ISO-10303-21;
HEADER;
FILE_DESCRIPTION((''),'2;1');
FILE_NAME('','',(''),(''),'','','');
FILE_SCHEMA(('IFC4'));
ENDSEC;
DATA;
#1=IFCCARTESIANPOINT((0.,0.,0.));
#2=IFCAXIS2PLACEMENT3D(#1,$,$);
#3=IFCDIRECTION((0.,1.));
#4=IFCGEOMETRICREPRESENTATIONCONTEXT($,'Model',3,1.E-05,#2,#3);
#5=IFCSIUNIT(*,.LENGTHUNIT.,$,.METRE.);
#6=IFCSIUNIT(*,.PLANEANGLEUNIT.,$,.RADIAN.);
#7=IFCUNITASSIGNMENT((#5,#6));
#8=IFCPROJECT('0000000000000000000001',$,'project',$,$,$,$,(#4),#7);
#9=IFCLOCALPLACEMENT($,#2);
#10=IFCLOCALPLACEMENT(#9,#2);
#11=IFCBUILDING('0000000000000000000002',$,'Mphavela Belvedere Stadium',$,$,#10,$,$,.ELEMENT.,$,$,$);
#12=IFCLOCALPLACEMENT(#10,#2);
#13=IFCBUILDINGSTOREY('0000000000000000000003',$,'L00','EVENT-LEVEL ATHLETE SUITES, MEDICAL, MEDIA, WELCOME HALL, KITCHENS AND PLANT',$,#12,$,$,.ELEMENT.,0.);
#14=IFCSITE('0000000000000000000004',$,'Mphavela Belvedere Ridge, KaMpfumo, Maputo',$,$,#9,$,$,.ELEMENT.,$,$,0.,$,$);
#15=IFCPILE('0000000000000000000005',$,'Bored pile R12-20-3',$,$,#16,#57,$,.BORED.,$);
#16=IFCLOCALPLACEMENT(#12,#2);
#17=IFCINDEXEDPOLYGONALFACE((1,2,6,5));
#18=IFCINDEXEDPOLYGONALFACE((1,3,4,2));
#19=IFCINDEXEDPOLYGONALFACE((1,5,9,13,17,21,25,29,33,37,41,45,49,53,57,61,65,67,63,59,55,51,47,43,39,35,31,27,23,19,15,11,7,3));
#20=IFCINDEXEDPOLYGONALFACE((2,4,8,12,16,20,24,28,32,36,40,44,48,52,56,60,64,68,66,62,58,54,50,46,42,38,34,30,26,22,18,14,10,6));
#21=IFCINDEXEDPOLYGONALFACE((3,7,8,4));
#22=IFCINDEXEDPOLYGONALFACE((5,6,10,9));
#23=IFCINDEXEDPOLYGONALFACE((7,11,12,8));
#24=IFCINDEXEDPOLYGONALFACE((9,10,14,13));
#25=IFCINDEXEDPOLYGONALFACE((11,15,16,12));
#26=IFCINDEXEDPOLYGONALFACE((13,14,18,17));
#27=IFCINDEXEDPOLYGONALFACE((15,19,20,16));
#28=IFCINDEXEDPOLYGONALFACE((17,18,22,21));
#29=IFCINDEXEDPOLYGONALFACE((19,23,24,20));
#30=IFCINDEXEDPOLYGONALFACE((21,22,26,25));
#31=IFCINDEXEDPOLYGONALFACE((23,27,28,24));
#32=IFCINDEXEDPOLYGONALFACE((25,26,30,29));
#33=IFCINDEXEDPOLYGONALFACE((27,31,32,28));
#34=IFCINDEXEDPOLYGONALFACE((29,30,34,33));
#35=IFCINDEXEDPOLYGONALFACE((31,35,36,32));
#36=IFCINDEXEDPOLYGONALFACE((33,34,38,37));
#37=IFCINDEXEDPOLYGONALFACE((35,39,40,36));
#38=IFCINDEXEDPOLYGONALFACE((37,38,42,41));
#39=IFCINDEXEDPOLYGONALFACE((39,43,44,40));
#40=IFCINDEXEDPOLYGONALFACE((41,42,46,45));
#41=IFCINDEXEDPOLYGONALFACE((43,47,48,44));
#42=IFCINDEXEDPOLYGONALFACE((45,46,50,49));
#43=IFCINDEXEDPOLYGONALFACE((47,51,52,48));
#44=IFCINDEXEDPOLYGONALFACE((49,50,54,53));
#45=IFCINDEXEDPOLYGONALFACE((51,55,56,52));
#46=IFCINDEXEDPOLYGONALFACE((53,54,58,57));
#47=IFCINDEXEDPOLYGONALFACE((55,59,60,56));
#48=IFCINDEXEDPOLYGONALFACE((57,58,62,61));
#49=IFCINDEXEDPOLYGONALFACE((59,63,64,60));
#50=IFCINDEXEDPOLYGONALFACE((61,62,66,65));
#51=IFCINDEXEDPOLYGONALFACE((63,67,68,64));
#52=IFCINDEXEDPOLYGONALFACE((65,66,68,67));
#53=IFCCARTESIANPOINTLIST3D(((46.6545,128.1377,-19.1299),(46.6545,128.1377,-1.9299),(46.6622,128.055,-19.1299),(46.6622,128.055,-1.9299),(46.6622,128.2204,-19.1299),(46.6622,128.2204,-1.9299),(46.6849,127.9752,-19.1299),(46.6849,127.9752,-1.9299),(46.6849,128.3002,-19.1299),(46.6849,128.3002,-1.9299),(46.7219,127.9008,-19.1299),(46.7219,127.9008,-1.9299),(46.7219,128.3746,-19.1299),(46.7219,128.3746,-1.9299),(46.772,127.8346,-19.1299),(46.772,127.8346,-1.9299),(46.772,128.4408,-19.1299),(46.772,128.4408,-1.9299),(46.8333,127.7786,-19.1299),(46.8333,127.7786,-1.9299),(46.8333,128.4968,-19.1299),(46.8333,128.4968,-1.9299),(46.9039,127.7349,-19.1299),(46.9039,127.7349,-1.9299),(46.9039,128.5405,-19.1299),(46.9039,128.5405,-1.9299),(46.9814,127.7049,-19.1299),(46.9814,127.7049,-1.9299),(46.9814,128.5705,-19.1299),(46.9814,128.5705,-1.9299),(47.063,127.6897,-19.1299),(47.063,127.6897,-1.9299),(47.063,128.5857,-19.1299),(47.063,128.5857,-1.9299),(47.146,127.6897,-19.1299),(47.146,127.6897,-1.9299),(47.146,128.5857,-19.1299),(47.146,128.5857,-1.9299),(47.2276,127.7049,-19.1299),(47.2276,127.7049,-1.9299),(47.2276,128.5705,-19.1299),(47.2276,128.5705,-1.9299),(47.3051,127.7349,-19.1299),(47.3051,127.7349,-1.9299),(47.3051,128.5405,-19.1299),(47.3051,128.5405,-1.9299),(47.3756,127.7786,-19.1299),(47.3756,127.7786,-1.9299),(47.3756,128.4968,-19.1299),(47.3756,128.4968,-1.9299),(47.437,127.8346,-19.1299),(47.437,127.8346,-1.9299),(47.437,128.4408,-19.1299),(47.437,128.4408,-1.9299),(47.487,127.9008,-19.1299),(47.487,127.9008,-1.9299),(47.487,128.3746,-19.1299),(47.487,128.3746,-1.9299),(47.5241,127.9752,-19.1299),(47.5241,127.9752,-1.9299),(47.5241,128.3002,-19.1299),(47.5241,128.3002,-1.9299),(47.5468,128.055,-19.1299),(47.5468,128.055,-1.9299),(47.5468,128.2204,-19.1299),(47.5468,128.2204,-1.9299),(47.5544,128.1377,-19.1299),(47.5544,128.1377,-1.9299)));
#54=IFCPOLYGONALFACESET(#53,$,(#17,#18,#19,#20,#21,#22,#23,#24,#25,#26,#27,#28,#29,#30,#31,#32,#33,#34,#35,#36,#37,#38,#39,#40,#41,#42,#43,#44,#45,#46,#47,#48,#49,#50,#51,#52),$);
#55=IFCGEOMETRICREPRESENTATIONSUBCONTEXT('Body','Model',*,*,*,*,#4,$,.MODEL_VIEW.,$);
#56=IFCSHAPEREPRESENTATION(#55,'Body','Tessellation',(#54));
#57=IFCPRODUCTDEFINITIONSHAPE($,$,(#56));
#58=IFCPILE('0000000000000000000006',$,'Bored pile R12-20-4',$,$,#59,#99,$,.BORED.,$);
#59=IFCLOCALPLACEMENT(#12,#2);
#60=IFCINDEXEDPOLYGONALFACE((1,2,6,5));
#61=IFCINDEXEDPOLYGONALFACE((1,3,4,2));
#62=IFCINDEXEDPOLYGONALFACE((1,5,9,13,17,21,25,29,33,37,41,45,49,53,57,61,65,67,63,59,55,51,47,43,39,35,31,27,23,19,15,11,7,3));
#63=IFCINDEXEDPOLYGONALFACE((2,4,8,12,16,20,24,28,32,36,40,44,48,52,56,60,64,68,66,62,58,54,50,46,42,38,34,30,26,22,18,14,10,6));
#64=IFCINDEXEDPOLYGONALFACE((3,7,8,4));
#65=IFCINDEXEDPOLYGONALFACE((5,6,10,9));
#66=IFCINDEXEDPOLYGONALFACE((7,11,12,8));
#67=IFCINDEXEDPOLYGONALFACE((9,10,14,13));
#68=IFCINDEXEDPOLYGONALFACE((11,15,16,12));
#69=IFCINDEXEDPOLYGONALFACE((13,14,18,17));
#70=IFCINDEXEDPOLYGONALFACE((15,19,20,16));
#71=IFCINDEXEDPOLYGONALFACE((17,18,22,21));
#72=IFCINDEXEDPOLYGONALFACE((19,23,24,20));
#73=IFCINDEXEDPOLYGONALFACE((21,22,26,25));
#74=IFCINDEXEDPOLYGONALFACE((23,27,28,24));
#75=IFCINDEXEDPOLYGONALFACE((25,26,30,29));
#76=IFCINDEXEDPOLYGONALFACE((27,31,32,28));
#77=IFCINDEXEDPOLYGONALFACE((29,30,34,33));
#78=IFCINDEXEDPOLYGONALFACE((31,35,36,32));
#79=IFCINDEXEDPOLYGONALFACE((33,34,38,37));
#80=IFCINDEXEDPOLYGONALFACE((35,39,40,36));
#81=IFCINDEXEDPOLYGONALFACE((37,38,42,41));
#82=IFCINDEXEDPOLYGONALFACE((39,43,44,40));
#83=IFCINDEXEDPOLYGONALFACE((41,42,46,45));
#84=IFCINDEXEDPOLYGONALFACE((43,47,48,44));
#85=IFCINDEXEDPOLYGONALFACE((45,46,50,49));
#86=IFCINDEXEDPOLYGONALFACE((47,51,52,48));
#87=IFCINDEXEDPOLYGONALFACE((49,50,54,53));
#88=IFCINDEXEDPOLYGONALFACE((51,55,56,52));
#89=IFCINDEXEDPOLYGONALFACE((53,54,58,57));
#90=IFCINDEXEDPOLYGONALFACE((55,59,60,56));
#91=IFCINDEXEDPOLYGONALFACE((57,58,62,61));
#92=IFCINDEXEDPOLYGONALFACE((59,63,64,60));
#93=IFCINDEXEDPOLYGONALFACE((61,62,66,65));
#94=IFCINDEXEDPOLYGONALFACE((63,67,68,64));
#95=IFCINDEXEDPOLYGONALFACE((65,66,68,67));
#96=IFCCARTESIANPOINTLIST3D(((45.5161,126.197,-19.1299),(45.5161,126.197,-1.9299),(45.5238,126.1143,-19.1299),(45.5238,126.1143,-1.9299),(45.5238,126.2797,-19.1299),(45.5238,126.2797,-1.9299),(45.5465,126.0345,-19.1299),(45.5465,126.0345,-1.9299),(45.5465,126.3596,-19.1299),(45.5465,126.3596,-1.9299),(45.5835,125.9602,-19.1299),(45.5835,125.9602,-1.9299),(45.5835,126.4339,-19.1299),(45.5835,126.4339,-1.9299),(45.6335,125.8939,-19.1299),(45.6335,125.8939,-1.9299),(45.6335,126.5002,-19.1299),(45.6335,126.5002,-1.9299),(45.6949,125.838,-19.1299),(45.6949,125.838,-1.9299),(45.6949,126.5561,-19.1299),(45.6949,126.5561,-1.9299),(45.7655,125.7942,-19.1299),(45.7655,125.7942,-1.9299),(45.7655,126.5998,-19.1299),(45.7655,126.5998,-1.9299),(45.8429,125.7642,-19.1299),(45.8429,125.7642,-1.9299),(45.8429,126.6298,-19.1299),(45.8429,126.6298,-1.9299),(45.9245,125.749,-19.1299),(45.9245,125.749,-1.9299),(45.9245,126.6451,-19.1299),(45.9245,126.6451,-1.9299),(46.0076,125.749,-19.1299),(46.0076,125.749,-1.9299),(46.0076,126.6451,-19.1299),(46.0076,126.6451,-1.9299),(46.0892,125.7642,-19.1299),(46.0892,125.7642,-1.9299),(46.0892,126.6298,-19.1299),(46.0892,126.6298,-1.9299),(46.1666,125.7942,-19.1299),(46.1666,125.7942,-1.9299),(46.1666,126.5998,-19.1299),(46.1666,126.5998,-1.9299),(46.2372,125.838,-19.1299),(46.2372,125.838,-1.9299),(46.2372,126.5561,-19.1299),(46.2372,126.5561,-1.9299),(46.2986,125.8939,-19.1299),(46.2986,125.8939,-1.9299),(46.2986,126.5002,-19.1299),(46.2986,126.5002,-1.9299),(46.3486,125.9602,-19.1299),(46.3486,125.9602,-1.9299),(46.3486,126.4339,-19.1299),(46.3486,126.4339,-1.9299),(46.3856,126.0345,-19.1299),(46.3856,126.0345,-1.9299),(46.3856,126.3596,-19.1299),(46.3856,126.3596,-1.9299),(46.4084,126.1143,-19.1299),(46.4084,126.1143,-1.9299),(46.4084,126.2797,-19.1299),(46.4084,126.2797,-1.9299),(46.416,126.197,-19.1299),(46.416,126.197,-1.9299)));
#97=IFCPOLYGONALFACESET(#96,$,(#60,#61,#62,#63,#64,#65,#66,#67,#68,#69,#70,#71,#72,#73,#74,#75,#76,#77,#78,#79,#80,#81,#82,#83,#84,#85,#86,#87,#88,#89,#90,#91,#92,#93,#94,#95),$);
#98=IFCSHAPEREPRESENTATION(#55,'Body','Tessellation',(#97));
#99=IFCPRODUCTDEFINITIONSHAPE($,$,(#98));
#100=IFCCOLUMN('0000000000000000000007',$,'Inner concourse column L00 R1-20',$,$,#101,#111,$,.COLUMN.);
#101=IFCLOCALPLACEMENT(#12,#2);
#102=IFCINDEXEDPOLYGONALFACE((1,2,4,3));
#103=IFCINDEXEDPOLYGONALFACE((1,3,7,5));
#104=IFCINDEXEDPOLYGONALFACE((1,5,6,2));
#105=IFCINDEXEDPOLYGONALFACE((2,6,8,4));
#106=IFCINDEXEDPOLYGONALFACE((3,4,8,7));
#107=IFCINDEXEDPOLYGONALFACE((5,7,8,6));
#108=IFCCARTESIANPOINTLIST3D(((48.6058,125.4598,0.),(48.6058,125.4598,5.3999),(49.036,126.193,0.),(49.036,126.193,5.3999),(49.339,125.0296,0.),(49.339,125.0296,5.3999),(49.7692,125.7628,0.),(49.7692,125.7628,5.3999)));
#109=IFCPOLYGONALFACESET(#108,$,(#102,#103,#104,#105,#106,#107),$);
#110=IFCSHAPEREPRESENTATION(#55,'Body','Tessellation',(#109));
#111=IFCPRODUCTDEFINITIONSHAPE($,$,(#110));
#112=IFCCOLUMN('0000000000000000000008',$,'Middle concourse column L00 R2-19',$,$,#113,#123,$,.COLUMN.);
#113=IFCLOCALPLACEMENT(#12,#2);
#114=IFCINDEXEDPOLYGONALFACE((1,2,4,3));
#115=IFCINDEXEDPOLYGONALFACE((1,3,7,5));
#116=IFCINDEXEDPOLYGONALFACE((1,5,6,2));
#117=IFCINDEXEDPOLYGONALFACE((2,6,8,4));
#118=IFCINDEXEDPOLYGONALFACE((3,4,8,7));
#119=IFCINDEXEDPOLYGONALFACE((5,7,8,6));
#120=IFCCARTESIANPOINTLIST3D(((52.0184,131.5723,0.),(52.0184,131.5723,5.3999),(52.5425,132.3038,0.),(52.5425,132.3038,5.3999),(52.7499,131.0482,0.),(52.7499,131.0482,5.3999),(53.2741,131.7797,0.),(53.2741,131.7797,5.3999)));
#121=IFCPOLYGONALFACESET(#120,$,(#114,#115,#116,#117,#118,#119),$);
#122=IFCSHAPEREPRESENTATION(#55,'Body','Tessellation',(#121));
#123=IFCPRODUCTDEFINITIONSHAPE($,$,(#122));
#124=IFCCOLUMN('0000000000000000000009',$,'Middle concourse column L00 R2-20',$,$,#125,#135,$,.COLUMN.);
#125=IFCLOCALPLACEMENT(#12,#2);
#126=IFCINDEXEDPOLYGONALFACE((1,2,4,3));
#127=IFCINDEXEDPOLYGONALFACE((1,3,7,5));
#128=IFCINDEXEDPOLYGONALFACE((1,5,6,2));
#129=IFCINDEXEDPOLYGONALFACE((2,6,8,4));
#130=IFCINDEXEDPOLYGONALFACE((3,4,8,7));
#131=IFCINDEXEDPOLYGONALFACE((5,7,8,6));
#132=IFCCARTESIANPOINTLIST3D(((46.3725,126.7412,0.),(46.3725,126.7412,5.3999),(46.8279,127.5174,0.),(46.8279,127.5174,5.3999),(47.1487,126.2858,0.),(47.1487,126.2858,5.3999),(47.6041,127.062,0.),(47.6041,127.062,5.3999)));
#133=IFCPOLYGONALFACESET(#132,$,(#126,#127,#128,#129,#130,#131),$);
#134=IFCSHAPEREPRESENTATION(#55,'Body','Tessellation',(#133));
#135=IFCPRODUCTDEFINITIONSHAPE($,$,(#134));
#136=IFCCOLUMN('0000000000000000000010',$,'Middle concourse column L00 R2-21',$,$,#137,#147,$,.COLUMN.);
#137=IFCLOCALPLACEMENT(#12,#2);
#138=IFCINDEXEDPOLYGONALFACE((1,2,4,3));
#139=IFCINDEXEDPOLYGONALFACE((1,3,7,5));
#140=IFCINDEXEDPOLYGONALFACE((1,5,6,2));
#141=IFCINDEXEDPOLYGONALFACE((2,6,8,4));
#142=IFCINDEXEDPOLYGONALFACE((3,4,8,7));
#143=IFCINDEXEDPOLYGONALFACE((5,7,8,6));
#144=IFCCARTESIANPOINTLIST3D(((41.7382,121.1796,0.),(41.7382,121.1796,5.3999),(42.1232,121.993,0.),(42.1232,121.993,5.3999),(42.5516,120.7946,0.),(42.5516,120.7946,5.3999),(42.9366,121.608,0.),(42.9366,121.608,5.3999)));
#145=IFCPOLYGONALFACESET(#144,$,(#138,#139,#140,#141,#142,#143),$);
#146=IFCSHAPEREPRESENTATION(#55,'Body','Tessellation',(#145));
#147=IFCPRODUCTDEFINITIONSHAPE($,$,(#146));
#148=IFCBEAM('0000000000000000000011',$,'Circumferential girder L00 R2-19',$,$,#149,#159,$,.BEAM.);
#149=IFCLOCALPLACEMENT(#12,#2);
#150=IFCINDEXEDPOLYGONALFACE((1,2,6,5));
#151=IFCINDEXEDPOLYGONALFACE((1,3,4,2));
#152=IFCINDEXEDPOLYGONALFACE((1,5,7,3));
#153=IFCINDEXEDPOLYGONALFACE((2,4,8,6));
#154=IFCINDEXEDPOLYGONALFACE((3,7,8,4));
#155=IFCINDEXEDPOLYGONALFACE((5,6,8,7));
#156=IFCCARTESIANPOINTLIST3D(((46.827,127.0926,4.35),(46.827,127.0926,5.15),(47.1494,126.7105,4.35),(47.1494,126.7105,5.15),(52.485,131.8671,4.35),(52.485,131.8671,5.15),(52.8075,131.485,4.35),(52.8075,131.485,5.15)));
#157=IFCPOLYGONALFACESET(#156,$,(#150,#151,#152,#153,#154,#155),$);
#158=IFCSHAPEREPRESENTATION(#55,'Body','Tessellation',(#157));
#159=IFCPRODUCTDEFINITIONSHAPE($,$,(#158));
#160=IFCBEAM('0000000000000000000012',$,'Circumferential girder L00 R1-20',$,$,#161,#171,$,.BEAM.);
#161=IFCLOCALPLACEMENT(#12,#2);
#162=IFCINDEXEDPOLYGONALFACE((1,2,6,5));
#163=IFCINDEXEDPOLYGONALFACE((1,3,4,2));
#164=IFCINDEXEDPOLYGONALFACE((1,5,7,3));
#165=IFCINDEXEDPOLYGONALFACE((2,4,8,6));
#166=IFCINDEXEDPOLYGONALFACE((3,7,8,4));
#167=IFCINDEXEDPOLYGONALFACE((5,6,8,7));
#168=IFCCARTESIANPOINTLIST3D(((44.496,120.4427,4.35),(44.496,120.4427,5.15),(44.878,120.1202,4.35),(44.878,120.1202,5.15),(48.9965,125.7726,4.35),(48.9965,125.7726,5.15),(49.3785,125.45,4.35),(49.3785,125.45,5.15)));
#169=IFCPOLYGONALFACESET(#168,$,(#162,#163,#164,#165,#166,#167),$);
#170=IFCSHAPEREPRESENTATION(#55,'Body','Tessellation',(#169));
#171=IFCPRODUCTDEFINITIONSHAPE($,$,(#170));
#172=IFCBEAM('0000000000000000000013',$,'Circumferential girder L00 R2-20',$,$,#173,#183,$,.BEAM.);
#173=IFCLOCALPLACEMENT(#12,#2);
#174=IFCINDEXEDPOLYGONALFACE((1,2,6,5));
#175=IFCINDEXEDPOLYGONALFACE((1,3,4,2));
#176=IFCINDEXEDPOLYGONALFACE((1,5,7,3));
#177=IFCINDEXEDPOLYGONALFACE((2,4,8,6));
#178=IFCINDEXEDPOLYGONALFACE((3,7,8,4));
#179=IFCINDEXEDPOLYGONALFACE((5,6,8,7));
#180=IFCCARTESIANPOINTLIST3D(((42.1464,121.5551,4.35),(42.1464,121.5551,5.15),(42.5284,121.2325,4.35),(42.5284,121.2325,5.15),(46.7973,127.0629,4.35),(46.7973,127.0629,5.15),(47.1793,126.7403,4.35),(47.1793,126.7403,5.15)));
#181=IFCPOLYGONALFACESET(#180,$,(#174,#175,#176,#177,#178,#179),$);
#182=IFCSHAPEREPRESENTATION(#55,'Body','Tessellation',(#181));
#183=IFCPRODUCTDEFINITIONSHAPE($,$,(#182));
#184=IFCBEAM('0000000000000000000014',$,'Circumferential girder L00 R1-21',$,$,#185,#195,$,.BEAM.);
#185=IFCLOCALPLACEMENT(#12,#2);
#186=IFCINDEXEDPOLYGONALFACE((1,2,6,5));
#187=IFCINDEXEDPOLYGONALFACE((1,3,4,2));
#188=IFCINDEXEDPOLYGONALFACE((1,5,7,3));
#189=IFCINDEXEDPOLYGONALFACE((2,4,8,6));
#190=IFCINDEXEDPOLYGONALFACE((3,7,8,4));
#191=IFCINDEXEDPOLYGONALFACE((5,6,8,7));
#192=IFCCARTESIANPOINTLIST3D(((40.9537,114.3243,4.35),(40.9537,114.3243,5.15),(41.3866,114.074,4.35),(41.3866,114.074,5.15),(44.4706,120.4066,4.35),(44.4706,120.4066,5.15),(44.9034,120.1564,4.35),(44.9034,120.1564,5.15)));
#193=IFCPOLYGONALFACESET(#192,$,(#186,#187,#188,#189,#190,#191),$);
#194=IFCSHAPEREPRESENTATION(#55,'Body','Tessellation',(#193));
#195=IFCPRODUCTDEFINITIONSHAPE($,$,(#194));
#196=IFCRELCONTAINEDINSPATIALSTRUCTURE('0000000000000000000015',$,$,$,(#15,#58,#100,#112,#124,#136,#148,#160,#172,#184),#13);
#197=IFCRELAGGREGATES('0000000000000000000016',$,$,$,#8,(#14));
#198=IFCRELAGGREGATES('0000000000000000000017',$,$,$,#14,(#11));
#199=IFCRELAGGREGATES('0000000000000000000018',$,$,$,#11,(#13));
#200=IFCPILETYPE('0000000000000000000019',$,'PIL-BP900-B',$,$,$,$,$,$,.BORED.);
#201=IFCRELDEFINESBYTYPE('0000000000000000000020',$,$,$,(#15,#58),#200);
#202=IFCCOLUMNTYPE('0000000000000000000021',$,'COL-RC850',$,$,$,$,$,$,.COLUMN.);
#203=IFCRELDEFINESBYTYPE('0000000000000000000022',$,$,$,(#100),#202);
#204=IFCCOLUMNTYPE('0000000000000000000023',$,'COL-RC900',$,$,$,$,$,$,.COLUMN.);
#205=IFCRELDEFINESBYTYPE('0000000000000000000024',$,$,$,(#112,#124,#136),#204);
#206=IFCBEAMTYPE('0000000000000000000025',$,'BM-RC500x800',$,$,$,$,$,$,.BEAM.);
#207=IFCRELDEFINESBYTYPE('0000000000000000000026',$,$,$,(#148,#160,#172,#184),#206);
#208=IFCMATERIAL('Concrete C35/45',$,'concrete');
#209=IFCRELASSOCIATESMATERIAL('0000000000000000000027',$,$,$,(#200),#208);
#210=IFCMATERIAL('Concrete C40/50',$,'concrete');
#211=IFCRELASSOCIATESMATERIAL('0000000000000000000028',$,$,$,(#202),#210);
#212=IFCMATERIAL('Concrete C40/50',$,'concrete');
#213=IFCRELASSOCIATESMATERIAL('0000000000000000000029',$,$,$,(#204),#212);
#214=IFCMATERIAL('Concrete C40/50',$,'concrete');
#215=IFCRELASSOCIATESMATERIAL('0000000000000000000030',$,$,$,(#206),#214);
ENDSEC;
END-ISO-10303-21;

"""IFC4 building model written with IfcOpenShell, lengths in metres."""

from ifc_helpers import new_model, si_unit, direction, frame, origin, origin_2d, place, context, subcontext, project, spatial, rectangle, circle, extrude, material, material_profile, profile_set, type_object, element, save


model = new_model("IFC4")

# Units and contexts
model_context = context("Model", 3, precision=1e-05, world=origin(), true_north=direction((0.0, 1.0)))
body_context = subcontext(model_context, "Body", "Model", "MODEL_VIEW")
ifc_project = project(units=[si_unit("LENGTHUNIT", "METRE"), si_unit("PLANEANGLEUNIT", "RADIAN")], contexts=[model_context])

# Site, building, storey
site_placement = place(None, origin())
site = spatial("IfcSite", under=ifc_project, at=site_placement, Name="Mphavela Belvedere Ridge, KaMpfumo, Maputo", CompositionType="ELEMENT", RefElevation=0.0)
building_placement = place(site_placement, origin())
building = spatial("IfcBuilding", under=site, at=building_placement, Name="Mphavela Belvedere Stadium", CompositionType="ELEMENT")
storey_placement = place(building_placement, origin())
storey = spatial("IfcBuildingStorey", under=building, at=storey_placement, Name="L00", Description="EVENT-LEVEL ATHLETE SUITES, MEDICAL, MEDIA, WELCOME HALL, KITCHENS AND PLANT", CompositionType="ELEMENT", Elevation=0.0)

# Piles
ifc_material_1 = material(Name="Concrete C35/45", Category="concrete")
ifc_material_profile_1 = material_profile(ifc_material_1, circle(Radius=0.45, at=origin_2d()), Name="BP D900")
ifc_profile_set_1 = profile_set([ifc_material_profile_1], Name="Concrete C35/45")
pile_type_1 = type_object("IfcPileType", Name="PIL-BP900-B", PredefinedType="BORED", material=ifc_profile_set_1)
for number, where, z_axis, x_axis, name in (
    (1, (47.1045, 128.1377, -1.9299), (0.0, 0.0, -1.0), (1.0, 0.0, 0.0), "Bored pile R12-20-3"),
    (2, (45.9661, 126.197, -1.9299), (0.0, 0.0, -1.0), (1.0, 0.0, 0.0), "Bored pile R12-20-4"),
):
    element("IfcPile", number, at=place(storey_placement, frame(where, z_axis=z_axis, x_axis=x_axis)), inside=storey, type_object=pile_type_1, Name=name, PredefinedType="BORED", context=body_context, shape_type="SweptSolid", body=[
        extrude(circle(Radius=0.45, at=origin_2d()), origin(), (0.0, 0.0, 1.0), 17.2),
    ])

# Columns
ifc_material_2 = material(Name="Concrete C40/50", Category="concrete")
ifc_material_profile_2 = material_profile(ifc_material_2, rectangle(XDim=0.8501, YDim=0.8501, at=origin_2d()), Name="RC 850x850")
ifc_profile_set_2 = profile_set([ifc_material_profile_2], Name="Concrete C40/50")
column_type_1 = type_object("IfcColumnType", Name="COL-RC850", PredefinedType="COLUMN", material=ifc_profile_set_2)
column_placement = place(storey_placement, frame((49.1875, 125.6113, 0.0), z_axis=(0.0, 0.0, 1.0), x_axis=(-0.862514, 0.506034, 0.0)))
element("IfcColumn", 3, at=column_placement, inside=storey, type_object=column_type_1, Name="Inner concourse column L00 R1-20", PredefinedType="COLUMN", context=body_context, shape_type="SweptSolid", body=[
    extrude(rectangle(XDim=0.8501, YDim=0.8501, at=origin_2d()), origin(), (0.0, 0.0, 1.0), 5.3999),
])
ifc_material_3 = material(Name="Concrete C40/50", Category="concrete")
ifc_material_profile_3 = material_profile(ifc_material_3, rectangle(XDim=0.8999, YDim=0.8999, at=origin_2d()), Name="RC 900x900")
ifc_profile_set_3 = profile_set([ifc_material_profile_3], Name="Concrete C40/50")
column_type_2 = type_object("IfcColumnType", Name="COL-RC900", PredefinedType="COLUMN", material=ifc_profile_set_3)
for number, where, z_axis, x_axis, name in (
    (4, (52.6462, 131.676, 0.0), (0.0, 0.0, 1.0), (-0.812898, 0.582407, 0.0), "Middle concourse column L00 R2-19"),
    (5, (46.9883, 126.9016, 0.0), (0.0, 0.0, 1.0), (-0.862514, 0.506034, 0.0), "Middle concourse column L00 R2-20"),
    (6, (42.3374, 121.3938, 0.0), (0.0, 0.0, 1.0), (-0.903859, 0.427831, 0.0), "Middle concourse column L00 R2-21"),
):
    element("IfcColumn", number, at=place(storey_placement, frame(where, z_axis=z_axis, x_axis=x_axis)), inside=storey, type_object=column_type_2, Name=name, PredefinedType="COLUMN", context=body_context, shape_type="SweptSolid", body=[
        extrude(rectangle(XDim=0.8999, YDim=0.8999, at=origin_2d()), origin(), (0.0, 0.0, 1.0), 5.3999),
    ])

# Beams
ifc_material_4 = material(Name="Concrete C40/50", Category="concrete")
ifc_material_profile_4 = material_profile(ifc_material_4, rectangle(XDim=0.5, YDim=0.8, at=origin_2d()), Name="RC 500x800")
ifc_profile_set_4 = profile_set([ifc_material_profile_4], Name="Concrete C40/50")
beam_type_1 = type_object("IfcBeamType", Name="BM-RC500x800", PredefinedType="BEAM", material=ifc_profile_set_4)
beam_1_placement = place(storey_placement, frame((52.6462, 131.676, 4.75), z_axis=(-0.764257, -0.644911, 0.0), x_axis=(0.644911, -0.764257, 0.0)))
element("IfcBeam", 7, at=beam_1_placement, inside=storey, type_object=beam_type_1, Name="Circumferential girder L00 R2-19", PredefinedType="BEAM", context=body_context, shape_type="SweptSolid", body=[
    extrude(rectangle(XDim=0.5, YDim=0.8, at=origin_2d()), origin(), (0.0, 0.0, 1.0), 7.4033),
])
beam_2_placement = place(storey_placement, frame((49.1875, 125.6113, 4.75), z_axis=(-0.645159, -0.764048, 0.0), x_axis=(0.764048, -0.645159, 0.0)))
element("IfcBeam", 8, at=beam_2_placement, inside=storey, type_object=beam_type_1, Name="Circumferential girder L00 R1-20", PredefinedType="BEAM", context=body_context, shape_type="SweptSolid", body=[
    extrude(rectangle(XDim=0.5, YDim=0.8, at=origin_2d()), origin(), (0.0, 0.0, 1.0), 6.9758),
])
beam_3_placement = place(storey_placement, frame((46.9883, 126.9016, 4.75), z_axis=(-0.645168, -0.764041, 0.0), x_axis=(0.764041, -0.645168, 0.0)))
element("IfcBeam", 9, at=beam_3_placement, inside=storey, type_object=beam_type_1, Name="Circumferential girder L00 R2-20", PredefinedType="BEAM", context=body_context, shape_type="SweptSolid", body=[
    extrude(rectangle(XDim=0.5, YDim=0.8, at=origin_2d()), origin(), (0.0, 0.0, 1.0), 7.2087),
])
beam_4_placement = place(storey_placement, frame((44.687, 120.2815, 4.75), z_axis=(-0.50056, -0.865702, 0.0), x_axis=(0.865702, -0.50056, 0.0)))
element("IfcBeam", 10, at=beam_4_placement, inside=storey, type_object=beam_type_1, Name="Circumferential girder L00 R1-21", PredefinedType="BEAM", context=body_context, shape_type="SweptSolid", body=[
    extrude(rectangle(XDim=0.5, YDim=0.8, at=origin_2d()), origin(), (0.0, 0.0, 1.0), 7.0259),
])

save(model, "model.ifc")
